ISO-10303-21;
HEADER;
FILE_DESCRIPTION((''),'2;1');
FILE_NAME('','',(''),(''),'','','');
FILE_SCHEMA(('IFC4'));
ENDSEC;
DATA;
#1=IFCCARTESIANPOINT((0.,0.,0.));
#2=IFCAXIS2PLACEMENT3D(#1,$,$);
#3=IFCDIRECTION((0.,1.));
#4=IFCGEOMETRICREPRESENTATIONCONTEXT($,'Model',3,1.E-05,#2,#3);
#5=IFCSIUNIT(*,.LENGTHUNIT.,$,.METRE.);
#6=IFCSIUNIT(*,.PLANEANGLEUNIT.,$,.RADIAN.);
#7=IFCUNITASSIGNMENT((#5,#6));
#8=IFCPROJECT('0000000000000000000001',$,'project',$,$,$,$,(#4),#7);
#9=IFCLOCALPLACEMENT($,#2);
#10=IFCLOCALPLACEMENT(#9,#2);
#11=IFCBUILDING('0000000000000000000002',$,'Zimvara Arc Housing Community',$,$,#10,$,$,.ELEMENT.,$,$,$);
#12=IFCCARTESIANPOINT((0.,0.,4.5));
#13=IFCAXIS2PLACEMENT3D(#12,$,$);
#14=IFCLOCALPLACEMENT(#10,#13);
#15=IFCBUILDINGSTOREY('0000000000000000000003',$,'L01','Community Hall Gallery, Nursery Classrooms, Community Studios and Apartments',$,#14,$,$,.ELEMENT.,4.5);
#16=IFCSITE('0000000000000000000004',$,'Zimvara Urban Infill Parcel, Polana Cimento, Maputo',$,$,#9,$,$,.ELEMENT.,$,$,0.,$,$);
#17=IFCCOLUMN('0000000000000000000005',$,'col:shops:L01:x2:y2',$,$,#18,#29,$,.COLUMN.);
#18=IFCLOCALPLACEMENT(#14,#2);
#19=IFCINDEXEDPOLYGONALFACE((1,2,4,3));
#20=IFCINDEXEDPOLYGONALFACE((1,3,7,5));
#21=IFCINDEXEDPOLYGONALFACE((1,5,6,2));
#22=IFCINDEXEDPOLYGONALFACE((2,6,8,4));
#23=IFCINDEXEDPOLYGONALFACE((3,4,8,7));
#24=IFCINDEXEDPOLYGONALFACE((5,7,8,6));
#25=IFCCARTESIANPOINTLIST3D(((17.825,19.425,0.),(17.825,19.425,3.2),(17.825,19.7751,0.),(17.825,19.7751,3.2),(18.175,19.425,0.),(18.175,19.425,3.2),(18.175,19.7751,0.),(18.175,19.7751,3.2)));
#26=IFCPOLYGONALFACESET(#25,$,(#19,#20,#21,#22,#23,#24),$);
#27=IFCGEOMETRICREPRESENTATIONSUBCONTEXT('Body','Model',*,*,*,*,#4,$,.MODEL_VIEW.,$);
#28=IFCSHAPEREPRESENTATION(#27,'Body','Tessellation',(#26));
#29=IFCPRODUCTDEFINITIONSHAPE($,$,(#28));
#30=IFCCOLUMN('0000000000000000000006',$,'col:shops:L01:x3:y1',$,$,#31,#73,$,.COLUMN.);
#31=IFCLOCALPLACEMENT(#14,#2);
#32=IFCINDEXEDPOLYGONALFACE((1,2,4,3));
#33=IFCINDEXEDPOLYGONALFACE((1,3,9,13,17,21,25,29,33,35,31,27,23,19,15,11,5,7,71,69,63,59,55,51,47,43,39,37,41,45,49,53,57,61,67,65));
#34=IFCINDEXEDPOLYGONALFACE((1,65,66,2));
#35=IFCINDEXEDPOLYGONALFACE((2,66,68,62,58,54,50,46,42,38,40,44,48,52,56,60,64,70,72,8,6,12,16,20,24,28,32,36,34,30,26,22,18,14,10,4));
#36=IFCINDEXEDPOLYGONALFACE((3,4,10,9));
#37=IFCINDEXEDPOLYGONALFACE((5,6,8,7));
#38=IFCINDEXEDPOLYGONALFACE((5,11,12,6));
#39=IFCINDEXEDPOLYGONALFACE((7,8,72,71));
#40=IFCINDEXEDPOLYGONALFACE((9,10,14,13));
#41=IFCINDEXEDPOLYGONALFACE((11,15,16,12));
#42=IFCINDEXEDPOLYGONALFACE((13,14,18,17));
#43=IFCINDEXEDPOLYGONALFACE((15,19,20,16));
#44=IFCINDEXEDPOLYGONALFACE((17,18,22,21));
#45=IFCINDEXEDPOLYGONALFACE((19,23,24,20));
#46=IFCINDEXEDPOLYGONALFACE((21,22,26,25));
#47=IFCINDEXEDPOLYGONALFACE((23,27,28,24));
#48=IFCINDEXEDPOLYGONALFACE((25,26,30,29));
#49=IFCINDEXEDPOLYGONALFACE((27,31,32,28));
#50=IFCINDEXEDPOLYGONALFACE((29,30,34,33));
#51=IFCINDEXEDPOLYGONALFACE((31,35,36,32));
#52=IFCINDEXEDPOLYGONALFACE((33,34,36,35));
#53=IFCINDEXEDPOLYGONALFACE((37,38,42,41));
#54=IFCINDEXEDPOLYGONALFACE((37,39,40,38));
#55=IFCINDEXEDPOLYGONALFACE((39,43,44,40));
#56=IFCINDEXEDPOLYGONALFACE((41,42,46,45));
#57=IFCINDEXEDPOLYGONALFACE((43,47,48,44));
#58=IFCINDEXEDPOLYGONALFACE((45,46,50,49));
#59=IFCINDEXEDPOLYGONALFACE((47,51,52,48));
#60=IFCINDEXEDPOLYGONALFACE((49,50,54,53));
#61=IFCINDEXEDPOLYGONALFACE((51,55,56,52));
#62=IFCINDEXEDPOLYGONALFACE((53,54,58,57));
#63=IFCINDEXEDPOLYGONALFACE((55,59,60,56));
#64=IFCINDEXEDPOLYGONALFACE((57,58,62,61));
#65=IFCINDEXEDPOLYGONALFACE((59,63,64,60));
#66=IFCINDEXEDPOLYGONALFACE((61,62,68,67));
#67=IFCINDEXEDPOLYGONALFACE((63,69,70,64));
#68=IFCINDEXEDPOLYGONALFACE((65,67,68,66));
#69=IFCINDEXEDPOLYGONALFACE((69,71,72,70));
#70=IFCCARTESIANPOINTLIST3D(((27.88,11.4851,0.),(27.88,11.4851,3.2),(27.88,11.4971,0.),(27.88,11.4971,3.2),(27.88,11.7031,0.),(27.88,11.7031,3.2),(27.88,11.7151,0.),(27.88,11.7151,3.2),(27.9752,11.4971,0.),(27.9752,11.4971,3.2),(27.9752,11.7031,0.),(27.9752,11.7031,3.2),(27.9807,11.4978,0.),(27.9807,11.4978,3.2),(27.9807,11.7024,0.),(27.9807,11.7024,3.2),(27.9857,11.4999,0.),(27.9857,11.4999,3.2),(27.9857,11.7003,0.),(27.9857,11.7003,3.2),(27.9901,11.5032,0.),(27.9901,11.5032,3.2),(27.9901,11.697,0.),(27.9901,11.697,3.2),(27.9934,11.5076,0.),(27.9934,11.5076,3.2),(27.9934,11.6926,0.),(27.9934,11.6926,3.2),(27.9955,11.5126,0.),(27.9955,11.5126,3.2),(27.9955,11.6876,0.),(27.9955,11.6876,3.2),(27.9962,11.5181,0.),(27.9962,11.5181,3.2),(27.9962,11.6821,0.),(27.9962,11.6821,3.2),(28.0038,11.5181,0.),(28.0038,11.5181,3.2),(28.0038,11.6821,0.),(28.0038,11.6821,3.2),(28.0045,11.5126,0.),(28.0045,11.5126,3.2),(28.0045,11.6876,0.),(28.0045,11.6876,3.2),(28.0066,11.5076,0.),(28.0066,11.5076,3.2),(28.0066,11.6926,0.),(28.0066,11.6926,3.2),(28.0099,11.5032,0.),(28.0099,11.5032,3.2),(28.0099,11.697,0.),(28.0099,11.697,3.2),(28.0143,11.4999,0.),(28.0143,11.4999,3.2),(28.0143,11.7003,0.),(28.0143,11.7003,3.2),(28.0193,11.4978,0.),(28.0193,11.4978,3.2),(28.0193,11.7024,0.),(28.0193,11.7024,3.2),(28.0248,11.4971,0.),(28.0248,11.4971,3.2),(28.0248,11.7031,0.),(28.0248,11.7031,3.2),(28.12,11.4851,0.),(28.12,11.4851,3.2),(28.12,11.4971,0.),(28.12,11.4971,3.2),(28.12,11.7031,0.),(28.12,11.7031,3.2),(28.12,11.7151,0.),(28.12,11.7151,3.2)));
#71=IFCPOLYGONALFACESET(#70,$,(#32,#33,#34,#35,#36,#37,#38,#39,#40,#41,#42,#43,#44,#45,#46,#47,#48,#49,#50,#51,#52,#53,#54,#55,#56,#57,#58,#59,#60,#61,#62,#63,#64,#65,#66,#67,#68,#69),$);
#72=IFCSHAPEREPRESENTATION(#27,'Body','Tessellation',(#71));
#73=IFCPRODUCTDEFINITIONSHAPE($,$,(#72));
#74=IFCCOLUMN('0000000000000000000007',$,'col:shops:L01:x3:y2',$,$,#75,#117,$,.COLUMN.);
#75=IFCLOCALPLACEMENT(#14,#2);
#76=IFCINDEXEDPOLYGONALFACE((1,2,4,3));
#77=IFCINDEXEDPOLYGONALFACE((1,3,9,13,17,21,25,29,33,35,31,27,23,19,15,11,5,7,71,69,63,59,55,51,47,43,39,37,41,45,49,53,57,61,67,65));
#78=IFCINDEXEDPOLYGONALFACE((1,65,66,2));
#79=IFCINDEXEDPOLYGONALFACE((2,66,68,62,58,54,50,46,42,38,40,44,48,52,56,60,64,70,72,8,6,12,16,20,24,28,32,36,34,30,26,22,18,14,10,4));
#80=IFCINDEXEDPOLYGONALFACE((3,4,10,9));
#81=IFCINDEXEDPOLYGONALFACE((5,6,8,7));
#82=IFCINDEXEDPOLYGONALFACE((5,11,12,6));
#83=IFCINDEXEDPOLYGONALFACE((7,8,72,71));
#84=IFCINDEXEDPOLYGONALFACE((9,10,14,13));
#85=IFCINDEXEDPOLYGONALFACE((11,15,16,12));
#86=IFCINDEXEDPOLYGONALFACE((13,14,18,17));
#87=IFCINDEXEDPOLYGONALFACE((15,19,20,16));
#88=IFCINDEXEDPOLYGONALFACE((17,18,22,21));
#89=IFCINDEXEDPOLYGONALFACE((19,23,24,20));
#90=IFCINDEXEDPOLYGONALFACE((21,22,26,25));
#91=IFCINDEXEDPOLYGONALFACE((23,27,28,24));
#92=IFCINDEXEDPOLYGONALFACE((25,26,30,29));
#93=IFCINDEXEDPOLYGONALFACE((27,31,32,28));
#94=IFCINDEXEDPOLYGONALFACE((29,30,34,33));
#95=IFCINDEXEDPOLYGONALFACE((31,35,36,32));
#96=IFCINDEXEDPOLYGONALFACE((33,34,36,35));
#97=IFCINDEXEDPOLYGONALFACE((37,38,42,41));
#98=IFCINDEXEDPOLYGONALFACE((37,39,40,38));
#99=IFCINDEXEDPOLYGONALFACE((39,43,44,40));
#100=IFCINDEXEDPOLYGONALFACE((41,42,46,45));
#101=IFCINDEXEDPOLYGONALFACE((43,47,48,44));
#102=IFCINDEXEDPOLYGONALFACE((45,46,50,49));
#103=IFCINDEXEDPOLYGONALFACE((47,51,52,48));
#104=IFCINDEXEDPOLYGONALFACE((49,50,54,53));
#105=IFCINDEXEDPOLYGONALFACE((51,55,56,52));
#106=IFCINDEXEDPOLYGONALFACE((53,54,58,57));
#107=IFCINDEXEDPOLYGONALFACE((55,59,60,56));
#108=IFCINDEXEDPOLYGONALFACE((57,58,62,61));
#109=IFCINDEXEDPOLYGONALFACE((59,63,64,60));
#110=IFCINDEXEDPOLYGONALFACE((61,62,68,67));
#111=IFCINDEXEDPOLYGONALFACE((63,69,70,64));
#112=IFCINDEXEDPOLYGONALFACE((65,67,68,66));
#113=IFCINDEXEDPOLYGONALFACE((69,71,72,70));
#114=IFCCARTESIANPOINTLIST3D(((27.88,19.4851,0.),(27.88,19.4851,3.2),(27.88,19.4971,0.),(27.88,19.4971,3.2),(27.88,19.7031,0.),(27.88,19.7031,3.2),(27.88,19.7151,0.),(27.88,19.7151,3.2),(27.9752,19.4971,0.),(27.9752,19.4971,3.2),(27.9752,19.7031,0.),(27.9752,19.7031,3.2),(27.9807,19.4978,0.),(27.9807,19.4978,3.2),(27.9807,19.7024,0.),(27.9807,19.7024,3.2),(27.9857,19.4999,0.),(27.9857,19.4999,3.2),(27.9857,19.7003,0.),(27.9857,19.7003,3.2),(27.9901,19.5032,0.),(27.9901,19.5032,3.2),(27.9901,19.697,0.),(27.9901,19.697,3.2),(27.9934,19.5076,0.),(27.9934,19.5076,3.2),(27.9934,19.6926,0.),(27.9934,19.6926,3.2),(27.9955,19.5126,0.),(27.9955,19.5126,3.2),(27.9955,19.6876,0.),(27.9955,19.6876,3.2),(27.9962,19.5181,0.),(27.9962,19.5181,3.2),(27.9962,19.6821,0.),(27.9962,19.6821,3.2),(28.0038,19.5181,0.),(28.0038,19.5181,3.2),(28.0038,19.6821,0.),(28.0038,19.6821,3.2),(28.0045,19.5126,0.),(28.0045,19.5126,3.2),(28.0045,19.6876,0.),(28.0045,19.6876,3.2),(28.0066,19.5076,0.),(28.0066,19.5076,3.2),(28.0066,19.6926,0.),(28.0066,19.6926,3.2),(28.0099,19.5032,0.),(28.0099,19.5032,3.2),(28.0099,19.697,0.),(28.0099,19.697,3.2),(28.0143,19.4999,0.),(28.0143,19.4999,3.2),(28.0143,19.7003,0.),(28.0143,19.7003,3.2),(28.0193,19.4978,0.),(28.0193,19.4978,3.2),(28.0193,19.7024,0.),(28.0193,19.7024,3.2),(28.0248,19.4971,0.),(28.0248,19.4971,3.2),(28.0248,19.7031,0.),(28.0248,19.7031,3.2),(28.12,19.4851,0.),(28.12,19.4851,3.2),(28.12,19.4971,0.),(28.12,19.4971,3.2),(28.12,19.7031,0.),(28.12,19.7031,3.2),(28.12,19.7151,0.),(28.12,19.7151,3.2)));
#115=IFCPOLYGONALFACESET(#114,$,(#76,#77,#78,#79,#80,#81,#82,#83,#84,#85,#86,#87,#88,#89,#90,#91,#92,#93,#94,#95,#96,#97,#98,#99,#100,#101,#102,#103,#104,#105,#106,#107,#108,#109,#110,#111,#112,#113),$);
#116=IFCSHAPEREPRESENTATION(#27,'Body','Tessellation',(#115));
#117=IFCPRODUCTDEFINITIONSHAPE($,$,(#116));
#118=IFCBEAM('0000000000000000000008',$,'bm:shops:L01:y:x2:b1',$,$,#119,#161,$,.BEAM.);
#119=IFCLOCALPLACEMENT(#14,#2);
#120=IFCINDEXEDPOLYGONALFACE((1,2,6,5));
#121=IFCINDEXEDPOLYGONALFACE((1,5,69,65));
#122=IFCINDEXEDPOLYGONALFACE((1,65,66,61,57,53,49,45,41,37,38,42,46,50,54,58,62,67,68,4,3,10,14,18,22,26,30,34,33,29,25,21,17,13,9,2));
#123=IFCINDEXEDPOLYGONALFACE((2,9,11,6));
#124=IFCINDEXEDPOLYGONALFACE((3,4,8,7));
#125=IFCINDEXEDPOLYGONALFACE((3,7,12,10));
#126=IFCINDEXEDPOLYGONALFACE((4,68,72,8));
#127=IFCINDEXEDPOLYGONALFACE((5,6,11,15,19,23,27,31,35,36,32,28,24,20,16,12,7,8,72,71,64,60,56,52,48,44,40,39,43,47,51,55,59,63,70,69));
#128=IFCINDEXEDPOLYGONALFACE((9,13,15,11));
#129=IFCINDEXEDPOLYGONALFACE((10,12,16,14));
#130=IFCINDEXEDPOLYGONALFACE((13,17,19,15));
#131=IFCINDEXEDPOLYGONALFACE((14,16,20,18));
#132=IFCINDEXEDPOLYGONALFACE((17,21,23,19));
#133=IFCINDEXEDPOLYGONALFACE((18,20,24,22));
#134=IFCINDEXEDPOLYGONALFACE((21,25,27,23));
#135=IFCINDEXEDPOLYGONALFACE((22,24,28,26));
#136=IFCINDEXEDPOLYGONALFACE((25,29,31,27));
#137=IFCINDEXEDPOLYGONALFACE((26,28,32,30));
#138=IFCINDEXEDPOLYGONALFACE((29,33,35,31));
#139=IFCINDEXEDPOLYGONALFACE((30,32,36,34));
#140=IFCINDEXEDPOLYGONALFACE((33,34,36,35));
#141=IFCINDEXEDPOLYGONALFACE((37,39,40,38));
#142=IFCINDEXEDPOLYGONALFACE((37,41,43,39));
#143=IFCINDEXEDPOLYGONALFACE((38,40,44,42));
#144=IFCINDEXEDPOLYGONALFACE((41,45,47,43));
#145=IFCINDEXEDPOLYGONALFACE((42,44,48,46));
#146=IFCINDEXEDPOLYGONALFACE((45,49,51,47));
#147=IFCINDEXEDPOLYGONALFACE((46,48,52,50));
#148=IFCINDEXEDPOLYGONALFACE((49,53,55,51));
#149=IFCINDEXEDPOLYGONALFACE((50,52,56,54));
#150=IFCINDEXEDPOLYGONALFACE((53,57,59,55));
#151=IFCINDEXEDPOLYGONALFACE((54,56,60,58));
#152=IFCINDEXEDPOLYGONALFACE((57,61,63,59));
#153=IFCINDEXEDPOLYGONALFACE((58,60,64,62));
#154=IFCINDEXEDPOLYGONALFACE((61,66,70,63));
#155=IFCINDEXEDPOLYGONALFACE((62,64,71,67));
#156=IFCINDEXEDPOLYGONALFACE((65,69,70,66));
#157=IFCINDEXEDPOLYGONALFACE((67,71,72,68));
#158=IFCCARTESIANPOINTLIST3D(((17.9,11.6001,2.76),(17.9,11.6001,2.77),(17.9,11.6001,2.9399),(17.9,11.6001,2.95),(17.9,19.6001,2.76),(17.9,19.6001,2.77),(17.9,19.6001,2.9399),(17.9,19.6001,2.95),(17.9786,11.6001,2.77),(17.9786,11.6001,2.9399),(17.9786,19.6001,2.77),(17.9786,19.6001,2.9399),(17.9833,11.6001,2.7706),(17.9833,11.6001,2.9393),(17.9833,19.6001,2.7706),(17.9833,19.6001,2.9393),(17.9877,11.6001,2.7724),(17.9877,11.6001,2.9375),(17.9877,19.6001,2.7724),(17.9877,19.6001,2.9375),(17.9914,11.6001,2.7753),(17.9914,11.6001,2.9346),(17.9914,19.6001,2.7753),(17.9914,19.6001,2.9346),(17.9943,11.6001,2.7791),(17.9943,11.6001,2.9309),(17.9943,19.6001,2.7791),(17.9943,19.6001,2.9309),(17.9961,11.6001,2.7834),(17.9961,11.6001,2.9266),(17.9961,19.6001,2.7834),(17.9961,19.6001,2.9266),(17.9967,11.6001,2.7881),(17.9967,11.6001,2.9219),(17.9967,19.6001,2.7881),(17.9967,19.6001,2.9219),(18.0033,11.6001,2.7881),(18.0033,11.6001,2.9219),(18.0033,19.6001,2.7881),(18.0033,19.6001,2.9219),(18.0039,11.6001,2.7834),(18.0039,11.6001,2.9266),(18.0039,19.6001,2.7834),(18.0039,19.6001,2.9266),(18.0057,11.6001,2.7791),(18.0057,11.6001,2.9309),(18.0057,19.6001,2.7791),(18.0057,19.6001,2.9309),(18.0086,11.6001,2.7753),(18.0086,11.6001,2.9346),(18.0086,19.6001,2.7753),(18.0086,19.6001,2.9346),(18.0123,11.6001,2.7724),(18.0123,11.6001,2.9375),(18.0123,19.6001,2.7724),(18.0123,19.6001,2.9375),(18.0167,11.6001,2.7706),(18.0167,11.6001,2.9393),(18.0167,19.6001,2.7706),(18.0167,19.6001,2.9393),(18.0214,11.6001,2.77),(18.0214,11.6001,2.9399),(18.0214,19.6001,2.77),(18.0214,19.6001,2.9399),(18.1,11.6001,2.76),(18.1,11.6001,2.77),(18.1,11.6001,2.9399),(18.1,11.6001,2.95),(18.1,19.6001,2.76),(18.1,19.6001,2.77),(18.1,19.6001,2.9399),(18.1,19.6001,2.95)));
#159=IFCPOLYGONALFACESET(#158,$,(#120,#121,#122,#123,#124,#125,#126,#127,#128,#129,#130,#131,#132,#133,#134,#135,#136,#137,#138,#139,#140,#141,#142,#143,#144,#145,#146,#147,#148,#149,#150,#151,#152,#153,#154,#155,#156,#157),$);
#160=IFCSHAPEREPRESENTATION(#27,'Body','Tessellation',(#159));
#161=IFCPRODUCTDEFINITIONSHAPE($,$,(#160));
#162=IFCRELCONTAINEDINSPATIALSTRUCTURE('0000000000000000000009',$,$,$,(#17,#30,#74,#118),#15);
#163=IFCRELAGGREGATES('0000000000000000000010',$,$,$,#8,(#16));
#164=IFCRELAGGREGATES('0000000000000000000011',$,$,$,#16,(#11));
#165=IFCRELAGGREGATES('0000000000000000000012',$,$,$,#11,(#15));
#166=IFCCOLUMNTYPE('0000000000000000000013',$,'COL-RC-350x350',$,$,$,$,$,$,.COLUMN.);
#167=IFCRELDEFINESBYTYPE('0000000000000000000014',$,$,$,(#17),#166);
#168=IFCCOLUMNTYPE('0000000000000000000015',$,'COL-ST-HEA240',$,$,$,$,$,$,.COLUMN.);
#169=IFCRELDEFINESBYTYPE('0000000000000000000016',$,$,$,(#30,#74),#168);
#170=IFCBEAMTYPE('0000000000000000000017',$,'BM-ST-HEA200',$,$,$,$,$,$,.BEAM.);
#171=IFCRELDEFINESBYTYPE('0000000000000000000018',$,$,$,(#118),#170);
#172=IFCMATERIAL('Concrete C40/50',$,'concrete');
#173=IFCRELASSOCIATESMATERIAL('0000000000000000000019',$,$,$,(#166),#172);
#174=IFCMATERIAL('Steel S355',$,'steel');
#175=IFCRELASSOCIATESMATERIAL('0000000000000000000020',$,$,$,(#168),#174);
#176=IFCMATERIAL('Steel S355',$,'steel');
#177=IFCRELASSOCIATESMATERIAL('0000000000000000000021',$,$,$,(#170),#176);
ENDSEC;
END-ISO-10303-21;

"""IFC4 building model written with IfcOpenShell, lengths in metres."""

from ifc_helpers import new_model, si_unit, direction, frame, origin, origin_2d, place, context, subcontext, project, spatial, rectangle, i_section, extrude, material, material_profile, profile_set, type_object, element, save


model = new_model("IFC4")

# Units and contexts
model_context = context("Model", 3, precision=1e-05, world=origin(), true_north=direction((0.0, 1.0)))
body_context = subcontext(model_context, "Body", "Model", "MODEL_VIEW")
ifc_project = project(units=[si_unit("LENGTHUNIT", "METRE"), si_unit("PLANEANGLEUNIT", "RADIAN")], contexts=[model_context])

# Site, building, storey
site_placement = place(None, origin())
site = spatial("IfcSite", under=ifc_project, at=site_placement, Name="Zimvara Urban Infill Parcel, Polana Cimento, Maputo", CompositionType="ELEMENT", RefElevation=0.0)
building_placement = place(site_placement, origin())
building = spatial("IfcBuilding", under=site, at=building_placement, Name="Zimvara Arc Housing Community", CompositionType="ELEMENT")
storey_placement = place(building_placement, frame((0.0, 0.0, 4.5)))
storey = spatial("IfcBuildingStorey", under=building, at=storey_placement, Name="L01", Description="Community Hall Gallery, Nursery Classrooms, Community Studios and Apartments", CompositionType="ELEMENT", Elevation=4.5)

# Columns
ifc_material_1 = material(Name="Concrete C40/50", Category="concrete")
ifc_material_profile_1 = material_profile(ifc_material_1, rectangle(XDim=0.3501, YDim=0.3501, at=origin_2d()), Name="RC 350x350")
ifc_profile_set_1 = profile_set([ifc_material_profile_1], Name="Concrete C40/50")
column_type_1 = type_object("IfcColumnType", Name="COL-RC-350x350", PredefinedType="COLUMN", material=ifc_profile_set_1)
column_placement = place(storey_placement, frame((18.0, 19.6001, 0.0), z_axis=(0.0, 0.0, 1.0), x_axis=(1.0, 0.0, 0.0)))
element("IfcColumn", 1, at=column_placement, inside=storey, type_object=column_type_1, Name="col:shops:L01:x2:y2", PredefinedType="COLUMN", context=body_context, shape_type="SweptSolid", body=[
    extrude(rectangle(XDim=0.3501, YDim=0.3501, at=origin_2d()), origin(), (0.0, 0.0, 1.0), 3.2),
])
ifc_material_2 = material(Name="Steel S355", Category="steel")
ifc_material_profile_2 = material_profile(ifc_material_2, i_section(OverallWidth=0.24, OverallDepth=0.23, WebThickness=0.0076, FlangeThickness=0.012, FilletRadius=0.021, at=origin_2d()), Name="HEA 240")
ifc_profile_set_2 = profile_set([ifc_material_profile_2], Name="Steel S355")
column_type_2 = type_object("IfcColumnType", Name="COL-ST-HEA240", PredefinedType="COLUMN", material=ifc_profile_set_2)
for number, where, z_axis, x_axis, name in (
    (2, (28.0, 11.6001, 0.0), (0.0, 0.0, 1.0), (1.0, 0.0, 0.0), "col:shops:L01:x3:y1"),
    (3, (28.0, 19.6001, 0.0), (0.0, 0.0, 1.0), (1.0, 0.0, 0.0), "col:shops:L01:x3:y2"),
):
    element("IfcColumn", number, at=place(storey_placement, frame(where, z_axis=z_axis, x_axis=x_axis)), inside=storey, type_object=column_type_2, Name=name, PredefinedType="COLUMN", context=body_context, shape_type="SweptSolid", body=[
        extrude(i_section(OverallWidth=0.24, OverallDepth=0.23, WebThickness=0.0076, FlangeThickness=0.012, FilletRadius=0.021, at=origin_2d()), origin(), (0.0, 0.0, 1.0), 3.2),
    ])

# Beam
ifc_material_3 = material(Name="Steel S355", Category="steel")
ifc_material_profile_3 = material_profile(ifc_material_3, i_section(OverallWidth=0.2, OverallDepth=0.1899, WebThickness=0.0066, FlangeThickness=0.01, FilletRadius=0.0181, at=origin_2d()), Name="HEA 200")
ifc_profile_set_3 = profile_set([ifc_material_profile_3], Name="Steel S355")
beam_type_1 = type_object("IfcBeamType", Name="BM-ST-HEA200", PredefinedType="BEAM", material=ifc_profile_set_3)
for number, where, z_axis, x_axis, name in (
    (4, (18.0, 11.6001, 2.855), (0.0, 1.0, 0.0), (-1.0, 0.0, 0.0), "bm:shops:L01:y:x2:b1"),
):
    element("IfcBeam", number, at=place(storey_placement, frame(where, z_axis=z_axis, x_axis=x_axis)), inside=storey, type_object=beam_type_1, Name=name, PredefinedType="BEAM", context=body_context, shape_type="SweptSolid", body=[
        extrude(i_section(OverallWidth=0.2, OverallDepth=0.1899, WebThickness=0.0066, FlangeThickness=0.01, FilletRadius=0.0181, at=origin_2d()), origin(), (0.0, 0.0, 1.0), 8.0),
    ])

save(model, "model.ifc")
